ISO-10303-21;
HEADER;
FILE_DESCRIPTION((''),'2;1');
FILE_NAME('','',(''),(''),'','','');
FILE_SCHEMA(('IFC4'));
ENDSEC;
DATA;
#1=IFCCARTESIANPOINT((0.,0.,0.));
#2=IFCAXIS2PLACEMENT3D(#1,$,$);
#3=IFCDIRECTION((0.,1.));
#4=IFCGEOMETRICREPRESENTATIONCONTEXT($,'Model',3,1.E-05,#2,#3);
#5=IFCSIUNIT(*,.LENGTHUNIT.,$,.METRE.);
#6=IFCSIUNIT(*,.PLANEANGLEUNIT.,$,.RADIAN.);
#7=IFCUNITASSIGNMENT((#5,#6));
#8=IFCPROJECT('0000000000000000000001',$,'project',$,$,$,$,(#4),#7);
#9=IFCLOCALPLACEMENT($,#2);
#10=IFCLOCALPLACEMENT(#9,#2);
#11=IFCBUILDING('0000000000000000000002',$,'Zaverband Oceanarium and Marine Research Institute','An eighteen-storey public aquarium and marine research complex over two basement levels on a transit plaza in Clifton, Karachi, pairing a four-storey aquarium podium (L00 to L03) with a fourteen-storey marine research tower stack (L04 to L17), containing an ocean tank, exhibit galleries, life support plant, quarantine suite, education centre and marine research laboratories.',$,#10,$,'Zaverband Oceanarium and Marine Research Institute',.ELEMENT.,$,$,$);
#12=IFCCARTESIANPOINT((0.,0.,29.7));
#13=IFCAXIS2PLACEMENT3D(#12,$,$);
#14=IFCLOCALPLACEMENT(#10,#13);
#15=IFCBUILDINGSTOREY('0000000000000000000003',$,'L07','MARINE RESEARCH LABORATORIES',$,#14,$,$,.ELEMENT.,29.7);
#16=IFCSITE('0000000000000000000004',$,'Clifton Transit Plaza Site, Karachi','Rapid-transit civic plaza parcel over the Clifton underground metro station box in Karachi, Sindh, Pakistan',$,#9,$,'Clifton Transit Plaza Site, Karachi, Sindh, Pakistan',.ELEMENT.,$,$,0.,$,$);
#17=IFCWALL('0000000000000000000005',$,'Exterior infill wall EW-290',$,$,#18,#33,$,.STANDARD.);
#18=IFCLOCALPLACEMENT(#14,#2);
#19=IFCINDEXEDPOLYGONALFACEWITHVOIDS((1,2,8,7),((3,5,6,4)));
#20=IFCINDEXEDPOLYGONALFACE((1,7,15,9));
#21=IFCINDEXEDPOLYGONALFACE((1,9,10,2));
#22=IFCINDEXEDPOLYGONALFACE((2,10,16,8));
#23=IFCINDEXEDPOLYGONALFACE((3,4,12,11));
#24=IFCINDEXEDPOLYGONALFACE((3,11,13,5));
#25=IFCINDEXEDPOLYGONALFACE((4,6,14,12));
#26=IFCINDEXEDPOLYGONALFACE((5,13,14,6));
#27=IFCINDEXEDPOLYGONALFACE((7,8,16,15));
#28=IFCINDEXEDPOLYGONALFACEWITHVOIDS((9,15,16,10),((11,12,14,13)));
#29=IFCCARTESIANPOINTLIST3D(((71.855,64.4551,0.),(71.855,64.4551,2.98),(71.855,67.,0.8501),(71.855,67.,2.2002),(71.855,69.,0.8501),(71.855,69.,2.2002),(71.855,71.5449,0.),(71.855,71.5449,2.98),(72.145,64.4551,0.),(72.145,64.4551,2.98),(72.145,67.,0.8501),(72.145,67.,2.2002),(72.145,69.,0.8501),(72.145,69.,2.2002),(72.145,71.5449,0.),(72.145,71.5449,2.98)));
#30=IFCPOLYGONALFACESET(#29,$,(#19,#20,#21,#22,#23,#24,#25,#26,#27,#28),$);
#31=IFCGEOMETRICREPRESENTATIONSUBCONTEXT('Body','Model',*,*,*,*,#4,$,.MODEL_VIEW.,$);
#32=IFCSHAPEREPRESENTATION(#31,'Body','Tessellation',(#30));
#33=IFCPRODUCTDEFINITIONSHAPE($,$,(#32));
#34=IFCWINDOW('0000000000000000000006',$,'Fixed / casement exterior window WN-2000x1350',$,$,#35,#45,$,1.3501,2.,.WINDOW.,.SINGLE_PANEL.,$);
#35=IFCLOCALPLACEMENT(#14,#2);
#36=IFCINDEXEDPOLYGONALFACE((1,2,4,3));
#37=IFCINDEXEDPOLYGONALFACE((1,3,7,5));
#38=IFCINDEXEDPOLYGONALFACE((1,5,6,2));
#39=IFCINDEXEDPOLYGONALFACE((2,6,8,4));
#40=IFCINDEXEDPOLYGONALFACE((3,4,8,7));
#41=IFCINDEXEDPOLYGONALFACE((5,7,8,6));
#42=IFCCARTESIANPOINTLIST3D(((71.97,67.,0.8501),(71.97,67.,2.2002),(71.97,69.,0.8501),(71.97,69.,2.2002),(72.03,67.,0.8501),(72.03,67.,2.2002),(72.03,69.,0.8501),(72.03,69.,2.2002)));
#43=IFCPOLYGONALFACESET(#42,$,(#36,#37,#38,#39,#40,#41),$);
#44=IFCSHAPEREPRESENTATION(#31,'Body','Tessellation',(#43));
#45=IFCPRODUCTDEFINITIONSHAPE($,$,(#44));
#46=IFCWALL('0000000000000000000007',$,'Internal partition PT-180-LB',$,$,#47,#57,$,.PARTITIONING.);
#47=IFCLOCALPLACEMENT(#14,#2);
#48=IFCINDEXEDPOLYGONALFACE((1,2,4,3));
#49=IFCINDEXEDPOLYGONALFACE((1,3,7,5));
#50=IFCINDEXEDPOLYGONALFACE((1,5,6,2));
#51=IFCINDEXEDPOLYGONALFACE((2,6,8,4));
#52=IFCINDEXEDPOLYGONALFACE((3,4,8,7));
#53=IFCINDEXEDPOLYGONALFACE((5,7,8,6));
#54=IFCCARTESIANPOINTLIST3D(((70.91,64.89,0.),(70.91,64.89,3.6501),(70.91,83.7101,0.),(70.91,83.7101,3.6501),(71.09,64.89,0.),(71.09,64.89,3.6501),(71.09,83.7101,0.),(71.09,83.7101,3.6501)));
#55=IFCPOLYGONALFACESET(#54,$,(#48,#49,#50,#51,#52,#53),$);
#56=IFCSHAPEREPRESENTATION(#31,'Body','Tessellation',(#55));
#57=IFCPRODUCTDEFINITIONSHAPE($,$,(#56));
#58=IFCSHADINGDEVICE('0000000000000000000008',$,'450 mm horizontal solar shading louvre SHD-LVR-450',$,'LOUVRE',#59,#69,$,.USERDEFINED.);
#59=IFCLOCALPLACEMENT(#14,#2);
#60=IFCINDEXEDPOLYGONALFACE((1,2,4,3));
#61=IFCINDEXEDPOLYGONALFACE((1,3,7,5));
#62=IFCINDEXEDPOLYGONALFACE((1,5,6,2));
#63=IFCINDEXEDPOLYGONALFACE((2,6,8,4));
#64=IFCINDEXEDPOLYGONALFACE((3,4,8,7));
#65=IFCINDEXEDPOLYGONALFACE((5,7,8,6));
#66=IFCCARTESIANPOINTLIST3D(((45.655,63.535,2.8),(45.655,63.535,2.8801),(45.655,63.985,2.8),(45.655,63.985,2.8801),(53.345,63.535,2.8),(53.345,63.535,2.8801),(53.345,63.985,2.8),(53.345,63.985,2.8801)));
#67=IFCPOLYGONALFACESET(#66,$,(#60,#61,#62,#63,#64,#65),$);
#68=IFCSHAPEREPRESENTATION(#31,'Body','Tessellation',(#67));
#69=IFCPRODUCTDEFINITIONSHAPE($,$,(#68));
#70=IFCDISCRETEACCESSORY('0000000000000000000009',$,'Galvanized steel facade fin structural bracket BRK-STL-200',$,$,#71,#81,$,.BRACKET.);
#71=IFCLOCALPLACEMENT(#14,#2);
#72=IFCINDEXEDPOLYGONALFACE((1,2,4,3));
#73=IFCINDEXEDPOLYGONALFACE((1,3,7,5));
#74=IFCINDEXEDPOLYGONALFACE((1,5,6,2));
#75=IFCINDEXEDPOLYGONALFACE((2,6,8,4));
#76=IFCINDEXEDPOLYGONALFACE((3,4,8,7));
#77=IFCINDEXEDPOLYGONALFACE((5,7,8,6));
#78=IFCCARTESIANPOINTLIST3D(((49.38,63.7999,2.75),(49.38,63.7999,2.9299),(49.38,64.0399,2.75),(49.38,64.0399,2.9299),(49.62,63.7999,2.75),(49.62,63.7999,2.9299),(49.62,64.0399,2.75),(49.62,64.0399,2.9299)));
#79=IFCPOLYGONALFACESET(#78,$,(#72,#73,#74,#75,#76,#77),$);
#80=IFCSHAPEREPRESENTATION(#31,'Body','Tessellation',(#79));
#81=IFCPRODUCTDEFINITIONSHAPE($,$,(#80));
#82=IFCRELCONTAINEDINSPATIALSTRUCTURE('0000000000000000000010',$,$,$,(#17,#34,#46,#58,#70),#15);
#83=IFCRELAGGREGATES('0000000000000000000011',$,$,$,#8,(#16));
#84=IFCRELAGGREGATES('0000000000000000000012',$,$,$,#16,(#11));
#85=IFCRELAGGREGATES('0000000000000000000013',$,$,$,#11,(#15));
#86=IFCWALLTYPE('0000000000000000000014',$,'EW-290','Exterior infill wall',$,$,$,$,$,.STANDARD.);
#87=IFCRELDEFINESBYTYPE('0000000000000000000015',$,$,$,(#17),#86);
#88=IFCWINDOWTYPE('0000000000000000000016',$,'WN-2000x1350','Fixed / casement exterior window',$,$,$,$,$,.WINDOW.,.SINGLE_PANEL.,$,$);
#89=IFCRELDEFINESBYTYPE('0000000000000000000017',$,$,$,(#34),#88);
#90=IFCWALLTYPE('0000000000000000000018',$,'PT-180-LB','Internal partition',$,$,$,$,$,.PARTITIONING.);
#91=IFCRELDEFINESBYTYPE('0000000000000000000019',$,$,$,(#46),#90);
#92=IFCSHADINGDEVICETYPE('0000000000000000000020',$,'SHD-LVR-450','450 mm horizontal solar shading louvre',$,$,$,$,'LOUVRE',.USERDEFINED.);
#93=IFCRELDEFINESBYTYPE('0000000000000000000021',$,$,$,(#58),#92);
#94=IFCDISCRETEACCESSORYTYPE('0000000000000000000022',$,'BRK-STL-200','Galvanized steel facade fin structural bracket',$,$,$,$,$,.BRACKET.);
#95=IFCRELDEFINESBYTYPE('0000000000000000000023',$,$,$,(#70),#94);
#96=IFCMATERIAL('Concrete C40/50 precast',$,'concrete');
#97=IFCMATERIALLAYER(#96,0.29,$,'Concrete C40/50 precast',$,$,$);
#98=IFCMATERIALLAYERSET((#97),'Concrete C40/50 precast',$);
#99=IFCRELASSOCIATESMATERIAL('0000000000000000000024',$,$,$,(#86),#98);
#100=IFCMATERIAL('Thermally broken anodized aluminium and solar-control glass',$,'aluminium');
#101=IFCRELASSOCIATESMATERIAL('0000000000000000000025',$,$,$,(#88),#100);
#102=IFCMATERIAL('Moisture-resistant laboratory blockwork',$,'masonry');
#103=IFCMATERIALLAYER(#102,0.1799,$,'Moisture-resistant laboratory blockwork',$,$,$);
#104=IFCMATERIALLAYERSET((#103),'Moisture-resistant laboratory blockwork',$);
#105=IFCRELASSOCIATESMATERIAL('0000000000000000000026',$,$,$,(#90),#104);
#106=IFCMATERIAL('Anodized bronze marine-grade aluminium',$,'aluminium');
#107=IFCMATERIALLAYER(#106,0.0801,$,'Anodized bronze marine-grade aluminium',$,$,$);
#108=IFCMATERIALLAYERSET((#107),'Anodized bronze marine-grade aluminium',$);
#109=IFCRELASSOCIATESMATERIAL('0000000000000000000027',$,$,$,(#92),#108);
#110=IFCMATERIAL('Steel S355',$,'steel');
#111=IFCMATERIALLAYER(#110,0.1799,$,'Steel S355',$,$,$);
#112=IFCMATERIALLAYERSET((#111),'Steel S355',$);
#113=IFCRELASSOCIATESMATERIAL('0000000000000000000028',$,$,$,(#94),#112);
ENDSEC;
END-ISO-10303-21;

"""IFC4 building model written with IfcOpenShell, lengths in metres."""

from ifc_helpers import new_model, si_unit, direction, frame, frame_2d, origin, origin_2d, place, context, subcontext, project, spatial, rectangle, extrude, material, layer, layer_set, type_object, element, fill, save


model = new_model("IFC4")

# Units and contexts
model_context = context("Model", 3, precision=1e-05, world=origin(), true_north=direction((0.0, 1.0)))
body_context = subcontext(model_context, "Body", "Model", "MODEL_VIEW")
ifc_project = project(units=[si_unit("LENGTHUNIT", "METRE"), si_unit("PLANEANGLEUNIT", "RADIAN")], contexts=[model_context])

# Site, building, storey
site_placement = place(None, origin())
site = spatial("IfcSite", under=ifc_project, at=site_placement, Name="Clifton Transit Plaza Site, Karachi", Description="Rapid-transit civic plaza parcel over the Clifton underground metro station box in Karachi, Sindh, Pakistan", LongName="Clifton Transit Plaza Site, Karachi, Sindh, Pakistan", CompositionType="ELEMENT", RefElevation=0.0)
building_placement = place(site_placement, origin())
building = spatial("IfcBuilding", under=site, at=building_placement, Name="Zaverband Oceanarium and Marine Research Institute", Description="An eighteen-storey public aquarium and marine research complex over two basement levels on a transit plaza in Clifton, Karachi, pairing a four-storey aquarium podium (L00 to L03) with a fourteen-storey marine research tower stack (L04 to L17), containing an ocean tank, exhibit galleries, life support plant, quarantine suite, education centre and marine research laboratories.", LongName="Zaverband Oceanarium and Marine Research Institute", CompositionType="ELEMENT")
storey_placement = place(building_placement, frame((0.0, 0.0, 29.7)))
storey = spatial("IfcBuildingStorey", under=building, at=storey_placement, Name="L07", Description="MARINE RESEARCH LABORATORIES", CompositionType="ELEMENT", Elevation=29.7)

# Shared definitions
ifc_material_1 = material(Name="Thermally broken anodized aluminium and solar-control glass", Category="aluminium")

# Wall, opening, window
ifc_material_2 = material(Name="Concrete C40/50 precast", Category="concrete")
ifc_layer_1 = layer(ifc_material_2, 0.29, Name="Concrete C40/50 precast")
ifc_layer_set_1 = layer_set([ifc_layer_1], Name="Concrete C40/50 precast")
wall_type_1 = type_object("IfcWallType", Name="EW-290", Description="Exterior infill wall", PredefinedType="STANDARD", material=ifc_layer_set_1)
wall_1_placement = place(storey_placement, frame((72.0, 64.4551, 0.0), z_axis=(0.0, 0.0, 1.0), x_axis=(0.0, 1.0, 0.0)))
wall_1 = element("IfcWall", 1, at=wall_1_placement, inside=storey, type_object=wall_type_1, Name="Exterior infill wall EW-290", PredefinedType="STANDARD", context=body_context, shape_type="SweptSolid", body=[
    extrude(rectangle(XDim=7.0898, YDim=0.29, at=frame_2d((3.5449, 0.0))), origin(), (0.0, 0.0, 1.0), 2.98),
])
opening_1_placement = place(wall_1_placement, frame((2.5449, 0.0, 0.8501)))
opening_1 = element("IfcOpeningElement", 2, at=opening_1_placement, cuts=wall_1, PredefinedType="OPENING", context=body_context, shape_type="SweptSolid", body=[
    extrude(rectangle(XDim=2.0, YDim=1.3501, at=frame_2d((1.0, 0.675))), frame((0.0, 0.157, 0.0), z_axis=(0.0, -1.0, 0.0), x_axis=(1.0, 0.0, 0.0)), (0.0, 0.0, 1.0), 0.314),
])
window_type_1 = type_object("IfcWindowType", Name="WN-2000x1350", Description="Fixed / casement exterior window", PartitioningType="SINGLE_PANEL", PredefinedType="WINDOW", material=ifc_material_1)
window_1_placement = place(opening_1_placement, origin())
window_1 = element("IfcWindow", 3, at=window_1_placement, inside=storey, type_object=window_type_1, Name="Fixed / casement exterior window WN-2000x1350", OverallHeight=1.3501, OverallWidth=2.0, PartitioningType="SINGLE_PANEL", PredefinedType="WINDOW", context=body_context, shape_type="SweptSolid", body=[
    extrude(rectangle(XDim=2.0, YDim=1.3501, at=frame_2d((1.0, 0.675))), frame((0.0, 0.03, 0.0), z_axis=(0.0, -1.0, 0.0), x_axis=(1.0, 0.0, 0.0)), (0.0, 0.0, 1.0), 0.0601),
])
fill(opening_1, window_1)

# Wall
ifc_material_3 = material(Name="Moisture-resistant laboratory blockwork", Category="masonry")
ifc_layer_2 = layer(ifc_material_3, 0.1799, Name="Moisture-resistant laboratory blockwork")
ifc_layer_set_2 = layer_set([ifc_layer_2], Name="Moisture-resistant laboratory blockwork")
wall_type_2 = type_object("IfcWallType", Name="PT-180-LB", Description="Internal partition", PredefinedType="PARTITIONING", material=ifc_layer_set_2)
wall_2_placement = place(storey_placement, frame((71.0, 64.8899, 0.0), z_axis=(0.0, 0.0, 1.0), x_axis=(0.0, 1.0, 0.0)))
element("IfcWall", 4, at=wall_2_placement, inside=storey, type_object=wall_type_2, Name="Internal partition PT-180-LB", PredefinedType="PARTITIONING", context=body_context, shape_type="SweptSolid", body=[
    extrude(rectangle(XDim=18.8201, YDim=0.1799, at=frame_2d((9.4102, 0.0))), origin(), (0.0, 0.0, 1.0), 3.6501),
])

# Shading device
ifc_material_4 = material(Name="Anodized bronze marine-grade aluminium", Category="aluminium")
ifc_layer_3 = layer(ifc_material_4, 0.0801, Name="Anodized bronze marine-grade aluminium")
ifc_layer_set_3 = layer_set([ifc_layer_3], Name="Anodized bronze marine-grade aluminium")
shading_device_type = type_object("IfcShadingDeviceType", Name="SHD-LVR-450", Description="450 mm horizontal solar shading louvre", ElementType="LOUVRE", PredefinedType="USERDEFINED", material=ifc_layer_set_3)
shading_device_placement = place(storey_placement, frame((45.655, 63.76, 2.8), z_axis=(0.0, 0.0, 1.0), x_axis=(1.0, 0.0, 0.0)))
element("IfcShadingDevice", 5, at=shading_device_placement, inside=storey, type_object=shading_device_type, Name="450 mm horizontal solar shading louvre SHD-LVR-450", ObjectType="LOUVRE", PredefinedType="USERDEFINED", context=body_context, shape_type="SweptSolid", body=[
    extrude(rectangle(XDim=7.6899, YDim=0.45, at=frame_2d((3.845, 0.0))), origin(), (0.0, 0.0, 1.0), 0.0801),
])

# Discrete accessory
ifc_material_5 = material(Name="Steel S355", Category="steel")
ifc_layer_4 = layer(ifc_material_5, 0.1799, Name="Steel S355")
ifc_layer_set_4 = layer_set([ifc_layer_4], Name="Steel S355")
discrete_accessory_type = type_object("IfcDiscreteAccessoryType", Name="BRK-STL-200", Description="Galvanized steel facade fin structural bracket", PredefinedType="BRACKET", material=ifc_layer_set_4)
discrete_accessory_placement = place(storey_placement, frame((49.5, 63.9199, 2.75), z_axis=(0.0, 0.0, 1.0), x_axis=(1.0, 0.0, 0.0)))
element("IfcDiscreteAccessory", 6, at=discrete_accessory_placement, inside=storey, type_object=discrete_accessory_type, Name="Galvanized steel facade fin structural bracket BRK-STL-200", PredefinedType="BRACKET", context=body_context, shape_type="SweptSolid", body=[
    extrude(rectangle(XDim=0.24, YDim=0.24, at=origin_2d()), origin(), (0.0, 0.0, 1.0), 0.1799),
])

save(model, "model.ifc")
